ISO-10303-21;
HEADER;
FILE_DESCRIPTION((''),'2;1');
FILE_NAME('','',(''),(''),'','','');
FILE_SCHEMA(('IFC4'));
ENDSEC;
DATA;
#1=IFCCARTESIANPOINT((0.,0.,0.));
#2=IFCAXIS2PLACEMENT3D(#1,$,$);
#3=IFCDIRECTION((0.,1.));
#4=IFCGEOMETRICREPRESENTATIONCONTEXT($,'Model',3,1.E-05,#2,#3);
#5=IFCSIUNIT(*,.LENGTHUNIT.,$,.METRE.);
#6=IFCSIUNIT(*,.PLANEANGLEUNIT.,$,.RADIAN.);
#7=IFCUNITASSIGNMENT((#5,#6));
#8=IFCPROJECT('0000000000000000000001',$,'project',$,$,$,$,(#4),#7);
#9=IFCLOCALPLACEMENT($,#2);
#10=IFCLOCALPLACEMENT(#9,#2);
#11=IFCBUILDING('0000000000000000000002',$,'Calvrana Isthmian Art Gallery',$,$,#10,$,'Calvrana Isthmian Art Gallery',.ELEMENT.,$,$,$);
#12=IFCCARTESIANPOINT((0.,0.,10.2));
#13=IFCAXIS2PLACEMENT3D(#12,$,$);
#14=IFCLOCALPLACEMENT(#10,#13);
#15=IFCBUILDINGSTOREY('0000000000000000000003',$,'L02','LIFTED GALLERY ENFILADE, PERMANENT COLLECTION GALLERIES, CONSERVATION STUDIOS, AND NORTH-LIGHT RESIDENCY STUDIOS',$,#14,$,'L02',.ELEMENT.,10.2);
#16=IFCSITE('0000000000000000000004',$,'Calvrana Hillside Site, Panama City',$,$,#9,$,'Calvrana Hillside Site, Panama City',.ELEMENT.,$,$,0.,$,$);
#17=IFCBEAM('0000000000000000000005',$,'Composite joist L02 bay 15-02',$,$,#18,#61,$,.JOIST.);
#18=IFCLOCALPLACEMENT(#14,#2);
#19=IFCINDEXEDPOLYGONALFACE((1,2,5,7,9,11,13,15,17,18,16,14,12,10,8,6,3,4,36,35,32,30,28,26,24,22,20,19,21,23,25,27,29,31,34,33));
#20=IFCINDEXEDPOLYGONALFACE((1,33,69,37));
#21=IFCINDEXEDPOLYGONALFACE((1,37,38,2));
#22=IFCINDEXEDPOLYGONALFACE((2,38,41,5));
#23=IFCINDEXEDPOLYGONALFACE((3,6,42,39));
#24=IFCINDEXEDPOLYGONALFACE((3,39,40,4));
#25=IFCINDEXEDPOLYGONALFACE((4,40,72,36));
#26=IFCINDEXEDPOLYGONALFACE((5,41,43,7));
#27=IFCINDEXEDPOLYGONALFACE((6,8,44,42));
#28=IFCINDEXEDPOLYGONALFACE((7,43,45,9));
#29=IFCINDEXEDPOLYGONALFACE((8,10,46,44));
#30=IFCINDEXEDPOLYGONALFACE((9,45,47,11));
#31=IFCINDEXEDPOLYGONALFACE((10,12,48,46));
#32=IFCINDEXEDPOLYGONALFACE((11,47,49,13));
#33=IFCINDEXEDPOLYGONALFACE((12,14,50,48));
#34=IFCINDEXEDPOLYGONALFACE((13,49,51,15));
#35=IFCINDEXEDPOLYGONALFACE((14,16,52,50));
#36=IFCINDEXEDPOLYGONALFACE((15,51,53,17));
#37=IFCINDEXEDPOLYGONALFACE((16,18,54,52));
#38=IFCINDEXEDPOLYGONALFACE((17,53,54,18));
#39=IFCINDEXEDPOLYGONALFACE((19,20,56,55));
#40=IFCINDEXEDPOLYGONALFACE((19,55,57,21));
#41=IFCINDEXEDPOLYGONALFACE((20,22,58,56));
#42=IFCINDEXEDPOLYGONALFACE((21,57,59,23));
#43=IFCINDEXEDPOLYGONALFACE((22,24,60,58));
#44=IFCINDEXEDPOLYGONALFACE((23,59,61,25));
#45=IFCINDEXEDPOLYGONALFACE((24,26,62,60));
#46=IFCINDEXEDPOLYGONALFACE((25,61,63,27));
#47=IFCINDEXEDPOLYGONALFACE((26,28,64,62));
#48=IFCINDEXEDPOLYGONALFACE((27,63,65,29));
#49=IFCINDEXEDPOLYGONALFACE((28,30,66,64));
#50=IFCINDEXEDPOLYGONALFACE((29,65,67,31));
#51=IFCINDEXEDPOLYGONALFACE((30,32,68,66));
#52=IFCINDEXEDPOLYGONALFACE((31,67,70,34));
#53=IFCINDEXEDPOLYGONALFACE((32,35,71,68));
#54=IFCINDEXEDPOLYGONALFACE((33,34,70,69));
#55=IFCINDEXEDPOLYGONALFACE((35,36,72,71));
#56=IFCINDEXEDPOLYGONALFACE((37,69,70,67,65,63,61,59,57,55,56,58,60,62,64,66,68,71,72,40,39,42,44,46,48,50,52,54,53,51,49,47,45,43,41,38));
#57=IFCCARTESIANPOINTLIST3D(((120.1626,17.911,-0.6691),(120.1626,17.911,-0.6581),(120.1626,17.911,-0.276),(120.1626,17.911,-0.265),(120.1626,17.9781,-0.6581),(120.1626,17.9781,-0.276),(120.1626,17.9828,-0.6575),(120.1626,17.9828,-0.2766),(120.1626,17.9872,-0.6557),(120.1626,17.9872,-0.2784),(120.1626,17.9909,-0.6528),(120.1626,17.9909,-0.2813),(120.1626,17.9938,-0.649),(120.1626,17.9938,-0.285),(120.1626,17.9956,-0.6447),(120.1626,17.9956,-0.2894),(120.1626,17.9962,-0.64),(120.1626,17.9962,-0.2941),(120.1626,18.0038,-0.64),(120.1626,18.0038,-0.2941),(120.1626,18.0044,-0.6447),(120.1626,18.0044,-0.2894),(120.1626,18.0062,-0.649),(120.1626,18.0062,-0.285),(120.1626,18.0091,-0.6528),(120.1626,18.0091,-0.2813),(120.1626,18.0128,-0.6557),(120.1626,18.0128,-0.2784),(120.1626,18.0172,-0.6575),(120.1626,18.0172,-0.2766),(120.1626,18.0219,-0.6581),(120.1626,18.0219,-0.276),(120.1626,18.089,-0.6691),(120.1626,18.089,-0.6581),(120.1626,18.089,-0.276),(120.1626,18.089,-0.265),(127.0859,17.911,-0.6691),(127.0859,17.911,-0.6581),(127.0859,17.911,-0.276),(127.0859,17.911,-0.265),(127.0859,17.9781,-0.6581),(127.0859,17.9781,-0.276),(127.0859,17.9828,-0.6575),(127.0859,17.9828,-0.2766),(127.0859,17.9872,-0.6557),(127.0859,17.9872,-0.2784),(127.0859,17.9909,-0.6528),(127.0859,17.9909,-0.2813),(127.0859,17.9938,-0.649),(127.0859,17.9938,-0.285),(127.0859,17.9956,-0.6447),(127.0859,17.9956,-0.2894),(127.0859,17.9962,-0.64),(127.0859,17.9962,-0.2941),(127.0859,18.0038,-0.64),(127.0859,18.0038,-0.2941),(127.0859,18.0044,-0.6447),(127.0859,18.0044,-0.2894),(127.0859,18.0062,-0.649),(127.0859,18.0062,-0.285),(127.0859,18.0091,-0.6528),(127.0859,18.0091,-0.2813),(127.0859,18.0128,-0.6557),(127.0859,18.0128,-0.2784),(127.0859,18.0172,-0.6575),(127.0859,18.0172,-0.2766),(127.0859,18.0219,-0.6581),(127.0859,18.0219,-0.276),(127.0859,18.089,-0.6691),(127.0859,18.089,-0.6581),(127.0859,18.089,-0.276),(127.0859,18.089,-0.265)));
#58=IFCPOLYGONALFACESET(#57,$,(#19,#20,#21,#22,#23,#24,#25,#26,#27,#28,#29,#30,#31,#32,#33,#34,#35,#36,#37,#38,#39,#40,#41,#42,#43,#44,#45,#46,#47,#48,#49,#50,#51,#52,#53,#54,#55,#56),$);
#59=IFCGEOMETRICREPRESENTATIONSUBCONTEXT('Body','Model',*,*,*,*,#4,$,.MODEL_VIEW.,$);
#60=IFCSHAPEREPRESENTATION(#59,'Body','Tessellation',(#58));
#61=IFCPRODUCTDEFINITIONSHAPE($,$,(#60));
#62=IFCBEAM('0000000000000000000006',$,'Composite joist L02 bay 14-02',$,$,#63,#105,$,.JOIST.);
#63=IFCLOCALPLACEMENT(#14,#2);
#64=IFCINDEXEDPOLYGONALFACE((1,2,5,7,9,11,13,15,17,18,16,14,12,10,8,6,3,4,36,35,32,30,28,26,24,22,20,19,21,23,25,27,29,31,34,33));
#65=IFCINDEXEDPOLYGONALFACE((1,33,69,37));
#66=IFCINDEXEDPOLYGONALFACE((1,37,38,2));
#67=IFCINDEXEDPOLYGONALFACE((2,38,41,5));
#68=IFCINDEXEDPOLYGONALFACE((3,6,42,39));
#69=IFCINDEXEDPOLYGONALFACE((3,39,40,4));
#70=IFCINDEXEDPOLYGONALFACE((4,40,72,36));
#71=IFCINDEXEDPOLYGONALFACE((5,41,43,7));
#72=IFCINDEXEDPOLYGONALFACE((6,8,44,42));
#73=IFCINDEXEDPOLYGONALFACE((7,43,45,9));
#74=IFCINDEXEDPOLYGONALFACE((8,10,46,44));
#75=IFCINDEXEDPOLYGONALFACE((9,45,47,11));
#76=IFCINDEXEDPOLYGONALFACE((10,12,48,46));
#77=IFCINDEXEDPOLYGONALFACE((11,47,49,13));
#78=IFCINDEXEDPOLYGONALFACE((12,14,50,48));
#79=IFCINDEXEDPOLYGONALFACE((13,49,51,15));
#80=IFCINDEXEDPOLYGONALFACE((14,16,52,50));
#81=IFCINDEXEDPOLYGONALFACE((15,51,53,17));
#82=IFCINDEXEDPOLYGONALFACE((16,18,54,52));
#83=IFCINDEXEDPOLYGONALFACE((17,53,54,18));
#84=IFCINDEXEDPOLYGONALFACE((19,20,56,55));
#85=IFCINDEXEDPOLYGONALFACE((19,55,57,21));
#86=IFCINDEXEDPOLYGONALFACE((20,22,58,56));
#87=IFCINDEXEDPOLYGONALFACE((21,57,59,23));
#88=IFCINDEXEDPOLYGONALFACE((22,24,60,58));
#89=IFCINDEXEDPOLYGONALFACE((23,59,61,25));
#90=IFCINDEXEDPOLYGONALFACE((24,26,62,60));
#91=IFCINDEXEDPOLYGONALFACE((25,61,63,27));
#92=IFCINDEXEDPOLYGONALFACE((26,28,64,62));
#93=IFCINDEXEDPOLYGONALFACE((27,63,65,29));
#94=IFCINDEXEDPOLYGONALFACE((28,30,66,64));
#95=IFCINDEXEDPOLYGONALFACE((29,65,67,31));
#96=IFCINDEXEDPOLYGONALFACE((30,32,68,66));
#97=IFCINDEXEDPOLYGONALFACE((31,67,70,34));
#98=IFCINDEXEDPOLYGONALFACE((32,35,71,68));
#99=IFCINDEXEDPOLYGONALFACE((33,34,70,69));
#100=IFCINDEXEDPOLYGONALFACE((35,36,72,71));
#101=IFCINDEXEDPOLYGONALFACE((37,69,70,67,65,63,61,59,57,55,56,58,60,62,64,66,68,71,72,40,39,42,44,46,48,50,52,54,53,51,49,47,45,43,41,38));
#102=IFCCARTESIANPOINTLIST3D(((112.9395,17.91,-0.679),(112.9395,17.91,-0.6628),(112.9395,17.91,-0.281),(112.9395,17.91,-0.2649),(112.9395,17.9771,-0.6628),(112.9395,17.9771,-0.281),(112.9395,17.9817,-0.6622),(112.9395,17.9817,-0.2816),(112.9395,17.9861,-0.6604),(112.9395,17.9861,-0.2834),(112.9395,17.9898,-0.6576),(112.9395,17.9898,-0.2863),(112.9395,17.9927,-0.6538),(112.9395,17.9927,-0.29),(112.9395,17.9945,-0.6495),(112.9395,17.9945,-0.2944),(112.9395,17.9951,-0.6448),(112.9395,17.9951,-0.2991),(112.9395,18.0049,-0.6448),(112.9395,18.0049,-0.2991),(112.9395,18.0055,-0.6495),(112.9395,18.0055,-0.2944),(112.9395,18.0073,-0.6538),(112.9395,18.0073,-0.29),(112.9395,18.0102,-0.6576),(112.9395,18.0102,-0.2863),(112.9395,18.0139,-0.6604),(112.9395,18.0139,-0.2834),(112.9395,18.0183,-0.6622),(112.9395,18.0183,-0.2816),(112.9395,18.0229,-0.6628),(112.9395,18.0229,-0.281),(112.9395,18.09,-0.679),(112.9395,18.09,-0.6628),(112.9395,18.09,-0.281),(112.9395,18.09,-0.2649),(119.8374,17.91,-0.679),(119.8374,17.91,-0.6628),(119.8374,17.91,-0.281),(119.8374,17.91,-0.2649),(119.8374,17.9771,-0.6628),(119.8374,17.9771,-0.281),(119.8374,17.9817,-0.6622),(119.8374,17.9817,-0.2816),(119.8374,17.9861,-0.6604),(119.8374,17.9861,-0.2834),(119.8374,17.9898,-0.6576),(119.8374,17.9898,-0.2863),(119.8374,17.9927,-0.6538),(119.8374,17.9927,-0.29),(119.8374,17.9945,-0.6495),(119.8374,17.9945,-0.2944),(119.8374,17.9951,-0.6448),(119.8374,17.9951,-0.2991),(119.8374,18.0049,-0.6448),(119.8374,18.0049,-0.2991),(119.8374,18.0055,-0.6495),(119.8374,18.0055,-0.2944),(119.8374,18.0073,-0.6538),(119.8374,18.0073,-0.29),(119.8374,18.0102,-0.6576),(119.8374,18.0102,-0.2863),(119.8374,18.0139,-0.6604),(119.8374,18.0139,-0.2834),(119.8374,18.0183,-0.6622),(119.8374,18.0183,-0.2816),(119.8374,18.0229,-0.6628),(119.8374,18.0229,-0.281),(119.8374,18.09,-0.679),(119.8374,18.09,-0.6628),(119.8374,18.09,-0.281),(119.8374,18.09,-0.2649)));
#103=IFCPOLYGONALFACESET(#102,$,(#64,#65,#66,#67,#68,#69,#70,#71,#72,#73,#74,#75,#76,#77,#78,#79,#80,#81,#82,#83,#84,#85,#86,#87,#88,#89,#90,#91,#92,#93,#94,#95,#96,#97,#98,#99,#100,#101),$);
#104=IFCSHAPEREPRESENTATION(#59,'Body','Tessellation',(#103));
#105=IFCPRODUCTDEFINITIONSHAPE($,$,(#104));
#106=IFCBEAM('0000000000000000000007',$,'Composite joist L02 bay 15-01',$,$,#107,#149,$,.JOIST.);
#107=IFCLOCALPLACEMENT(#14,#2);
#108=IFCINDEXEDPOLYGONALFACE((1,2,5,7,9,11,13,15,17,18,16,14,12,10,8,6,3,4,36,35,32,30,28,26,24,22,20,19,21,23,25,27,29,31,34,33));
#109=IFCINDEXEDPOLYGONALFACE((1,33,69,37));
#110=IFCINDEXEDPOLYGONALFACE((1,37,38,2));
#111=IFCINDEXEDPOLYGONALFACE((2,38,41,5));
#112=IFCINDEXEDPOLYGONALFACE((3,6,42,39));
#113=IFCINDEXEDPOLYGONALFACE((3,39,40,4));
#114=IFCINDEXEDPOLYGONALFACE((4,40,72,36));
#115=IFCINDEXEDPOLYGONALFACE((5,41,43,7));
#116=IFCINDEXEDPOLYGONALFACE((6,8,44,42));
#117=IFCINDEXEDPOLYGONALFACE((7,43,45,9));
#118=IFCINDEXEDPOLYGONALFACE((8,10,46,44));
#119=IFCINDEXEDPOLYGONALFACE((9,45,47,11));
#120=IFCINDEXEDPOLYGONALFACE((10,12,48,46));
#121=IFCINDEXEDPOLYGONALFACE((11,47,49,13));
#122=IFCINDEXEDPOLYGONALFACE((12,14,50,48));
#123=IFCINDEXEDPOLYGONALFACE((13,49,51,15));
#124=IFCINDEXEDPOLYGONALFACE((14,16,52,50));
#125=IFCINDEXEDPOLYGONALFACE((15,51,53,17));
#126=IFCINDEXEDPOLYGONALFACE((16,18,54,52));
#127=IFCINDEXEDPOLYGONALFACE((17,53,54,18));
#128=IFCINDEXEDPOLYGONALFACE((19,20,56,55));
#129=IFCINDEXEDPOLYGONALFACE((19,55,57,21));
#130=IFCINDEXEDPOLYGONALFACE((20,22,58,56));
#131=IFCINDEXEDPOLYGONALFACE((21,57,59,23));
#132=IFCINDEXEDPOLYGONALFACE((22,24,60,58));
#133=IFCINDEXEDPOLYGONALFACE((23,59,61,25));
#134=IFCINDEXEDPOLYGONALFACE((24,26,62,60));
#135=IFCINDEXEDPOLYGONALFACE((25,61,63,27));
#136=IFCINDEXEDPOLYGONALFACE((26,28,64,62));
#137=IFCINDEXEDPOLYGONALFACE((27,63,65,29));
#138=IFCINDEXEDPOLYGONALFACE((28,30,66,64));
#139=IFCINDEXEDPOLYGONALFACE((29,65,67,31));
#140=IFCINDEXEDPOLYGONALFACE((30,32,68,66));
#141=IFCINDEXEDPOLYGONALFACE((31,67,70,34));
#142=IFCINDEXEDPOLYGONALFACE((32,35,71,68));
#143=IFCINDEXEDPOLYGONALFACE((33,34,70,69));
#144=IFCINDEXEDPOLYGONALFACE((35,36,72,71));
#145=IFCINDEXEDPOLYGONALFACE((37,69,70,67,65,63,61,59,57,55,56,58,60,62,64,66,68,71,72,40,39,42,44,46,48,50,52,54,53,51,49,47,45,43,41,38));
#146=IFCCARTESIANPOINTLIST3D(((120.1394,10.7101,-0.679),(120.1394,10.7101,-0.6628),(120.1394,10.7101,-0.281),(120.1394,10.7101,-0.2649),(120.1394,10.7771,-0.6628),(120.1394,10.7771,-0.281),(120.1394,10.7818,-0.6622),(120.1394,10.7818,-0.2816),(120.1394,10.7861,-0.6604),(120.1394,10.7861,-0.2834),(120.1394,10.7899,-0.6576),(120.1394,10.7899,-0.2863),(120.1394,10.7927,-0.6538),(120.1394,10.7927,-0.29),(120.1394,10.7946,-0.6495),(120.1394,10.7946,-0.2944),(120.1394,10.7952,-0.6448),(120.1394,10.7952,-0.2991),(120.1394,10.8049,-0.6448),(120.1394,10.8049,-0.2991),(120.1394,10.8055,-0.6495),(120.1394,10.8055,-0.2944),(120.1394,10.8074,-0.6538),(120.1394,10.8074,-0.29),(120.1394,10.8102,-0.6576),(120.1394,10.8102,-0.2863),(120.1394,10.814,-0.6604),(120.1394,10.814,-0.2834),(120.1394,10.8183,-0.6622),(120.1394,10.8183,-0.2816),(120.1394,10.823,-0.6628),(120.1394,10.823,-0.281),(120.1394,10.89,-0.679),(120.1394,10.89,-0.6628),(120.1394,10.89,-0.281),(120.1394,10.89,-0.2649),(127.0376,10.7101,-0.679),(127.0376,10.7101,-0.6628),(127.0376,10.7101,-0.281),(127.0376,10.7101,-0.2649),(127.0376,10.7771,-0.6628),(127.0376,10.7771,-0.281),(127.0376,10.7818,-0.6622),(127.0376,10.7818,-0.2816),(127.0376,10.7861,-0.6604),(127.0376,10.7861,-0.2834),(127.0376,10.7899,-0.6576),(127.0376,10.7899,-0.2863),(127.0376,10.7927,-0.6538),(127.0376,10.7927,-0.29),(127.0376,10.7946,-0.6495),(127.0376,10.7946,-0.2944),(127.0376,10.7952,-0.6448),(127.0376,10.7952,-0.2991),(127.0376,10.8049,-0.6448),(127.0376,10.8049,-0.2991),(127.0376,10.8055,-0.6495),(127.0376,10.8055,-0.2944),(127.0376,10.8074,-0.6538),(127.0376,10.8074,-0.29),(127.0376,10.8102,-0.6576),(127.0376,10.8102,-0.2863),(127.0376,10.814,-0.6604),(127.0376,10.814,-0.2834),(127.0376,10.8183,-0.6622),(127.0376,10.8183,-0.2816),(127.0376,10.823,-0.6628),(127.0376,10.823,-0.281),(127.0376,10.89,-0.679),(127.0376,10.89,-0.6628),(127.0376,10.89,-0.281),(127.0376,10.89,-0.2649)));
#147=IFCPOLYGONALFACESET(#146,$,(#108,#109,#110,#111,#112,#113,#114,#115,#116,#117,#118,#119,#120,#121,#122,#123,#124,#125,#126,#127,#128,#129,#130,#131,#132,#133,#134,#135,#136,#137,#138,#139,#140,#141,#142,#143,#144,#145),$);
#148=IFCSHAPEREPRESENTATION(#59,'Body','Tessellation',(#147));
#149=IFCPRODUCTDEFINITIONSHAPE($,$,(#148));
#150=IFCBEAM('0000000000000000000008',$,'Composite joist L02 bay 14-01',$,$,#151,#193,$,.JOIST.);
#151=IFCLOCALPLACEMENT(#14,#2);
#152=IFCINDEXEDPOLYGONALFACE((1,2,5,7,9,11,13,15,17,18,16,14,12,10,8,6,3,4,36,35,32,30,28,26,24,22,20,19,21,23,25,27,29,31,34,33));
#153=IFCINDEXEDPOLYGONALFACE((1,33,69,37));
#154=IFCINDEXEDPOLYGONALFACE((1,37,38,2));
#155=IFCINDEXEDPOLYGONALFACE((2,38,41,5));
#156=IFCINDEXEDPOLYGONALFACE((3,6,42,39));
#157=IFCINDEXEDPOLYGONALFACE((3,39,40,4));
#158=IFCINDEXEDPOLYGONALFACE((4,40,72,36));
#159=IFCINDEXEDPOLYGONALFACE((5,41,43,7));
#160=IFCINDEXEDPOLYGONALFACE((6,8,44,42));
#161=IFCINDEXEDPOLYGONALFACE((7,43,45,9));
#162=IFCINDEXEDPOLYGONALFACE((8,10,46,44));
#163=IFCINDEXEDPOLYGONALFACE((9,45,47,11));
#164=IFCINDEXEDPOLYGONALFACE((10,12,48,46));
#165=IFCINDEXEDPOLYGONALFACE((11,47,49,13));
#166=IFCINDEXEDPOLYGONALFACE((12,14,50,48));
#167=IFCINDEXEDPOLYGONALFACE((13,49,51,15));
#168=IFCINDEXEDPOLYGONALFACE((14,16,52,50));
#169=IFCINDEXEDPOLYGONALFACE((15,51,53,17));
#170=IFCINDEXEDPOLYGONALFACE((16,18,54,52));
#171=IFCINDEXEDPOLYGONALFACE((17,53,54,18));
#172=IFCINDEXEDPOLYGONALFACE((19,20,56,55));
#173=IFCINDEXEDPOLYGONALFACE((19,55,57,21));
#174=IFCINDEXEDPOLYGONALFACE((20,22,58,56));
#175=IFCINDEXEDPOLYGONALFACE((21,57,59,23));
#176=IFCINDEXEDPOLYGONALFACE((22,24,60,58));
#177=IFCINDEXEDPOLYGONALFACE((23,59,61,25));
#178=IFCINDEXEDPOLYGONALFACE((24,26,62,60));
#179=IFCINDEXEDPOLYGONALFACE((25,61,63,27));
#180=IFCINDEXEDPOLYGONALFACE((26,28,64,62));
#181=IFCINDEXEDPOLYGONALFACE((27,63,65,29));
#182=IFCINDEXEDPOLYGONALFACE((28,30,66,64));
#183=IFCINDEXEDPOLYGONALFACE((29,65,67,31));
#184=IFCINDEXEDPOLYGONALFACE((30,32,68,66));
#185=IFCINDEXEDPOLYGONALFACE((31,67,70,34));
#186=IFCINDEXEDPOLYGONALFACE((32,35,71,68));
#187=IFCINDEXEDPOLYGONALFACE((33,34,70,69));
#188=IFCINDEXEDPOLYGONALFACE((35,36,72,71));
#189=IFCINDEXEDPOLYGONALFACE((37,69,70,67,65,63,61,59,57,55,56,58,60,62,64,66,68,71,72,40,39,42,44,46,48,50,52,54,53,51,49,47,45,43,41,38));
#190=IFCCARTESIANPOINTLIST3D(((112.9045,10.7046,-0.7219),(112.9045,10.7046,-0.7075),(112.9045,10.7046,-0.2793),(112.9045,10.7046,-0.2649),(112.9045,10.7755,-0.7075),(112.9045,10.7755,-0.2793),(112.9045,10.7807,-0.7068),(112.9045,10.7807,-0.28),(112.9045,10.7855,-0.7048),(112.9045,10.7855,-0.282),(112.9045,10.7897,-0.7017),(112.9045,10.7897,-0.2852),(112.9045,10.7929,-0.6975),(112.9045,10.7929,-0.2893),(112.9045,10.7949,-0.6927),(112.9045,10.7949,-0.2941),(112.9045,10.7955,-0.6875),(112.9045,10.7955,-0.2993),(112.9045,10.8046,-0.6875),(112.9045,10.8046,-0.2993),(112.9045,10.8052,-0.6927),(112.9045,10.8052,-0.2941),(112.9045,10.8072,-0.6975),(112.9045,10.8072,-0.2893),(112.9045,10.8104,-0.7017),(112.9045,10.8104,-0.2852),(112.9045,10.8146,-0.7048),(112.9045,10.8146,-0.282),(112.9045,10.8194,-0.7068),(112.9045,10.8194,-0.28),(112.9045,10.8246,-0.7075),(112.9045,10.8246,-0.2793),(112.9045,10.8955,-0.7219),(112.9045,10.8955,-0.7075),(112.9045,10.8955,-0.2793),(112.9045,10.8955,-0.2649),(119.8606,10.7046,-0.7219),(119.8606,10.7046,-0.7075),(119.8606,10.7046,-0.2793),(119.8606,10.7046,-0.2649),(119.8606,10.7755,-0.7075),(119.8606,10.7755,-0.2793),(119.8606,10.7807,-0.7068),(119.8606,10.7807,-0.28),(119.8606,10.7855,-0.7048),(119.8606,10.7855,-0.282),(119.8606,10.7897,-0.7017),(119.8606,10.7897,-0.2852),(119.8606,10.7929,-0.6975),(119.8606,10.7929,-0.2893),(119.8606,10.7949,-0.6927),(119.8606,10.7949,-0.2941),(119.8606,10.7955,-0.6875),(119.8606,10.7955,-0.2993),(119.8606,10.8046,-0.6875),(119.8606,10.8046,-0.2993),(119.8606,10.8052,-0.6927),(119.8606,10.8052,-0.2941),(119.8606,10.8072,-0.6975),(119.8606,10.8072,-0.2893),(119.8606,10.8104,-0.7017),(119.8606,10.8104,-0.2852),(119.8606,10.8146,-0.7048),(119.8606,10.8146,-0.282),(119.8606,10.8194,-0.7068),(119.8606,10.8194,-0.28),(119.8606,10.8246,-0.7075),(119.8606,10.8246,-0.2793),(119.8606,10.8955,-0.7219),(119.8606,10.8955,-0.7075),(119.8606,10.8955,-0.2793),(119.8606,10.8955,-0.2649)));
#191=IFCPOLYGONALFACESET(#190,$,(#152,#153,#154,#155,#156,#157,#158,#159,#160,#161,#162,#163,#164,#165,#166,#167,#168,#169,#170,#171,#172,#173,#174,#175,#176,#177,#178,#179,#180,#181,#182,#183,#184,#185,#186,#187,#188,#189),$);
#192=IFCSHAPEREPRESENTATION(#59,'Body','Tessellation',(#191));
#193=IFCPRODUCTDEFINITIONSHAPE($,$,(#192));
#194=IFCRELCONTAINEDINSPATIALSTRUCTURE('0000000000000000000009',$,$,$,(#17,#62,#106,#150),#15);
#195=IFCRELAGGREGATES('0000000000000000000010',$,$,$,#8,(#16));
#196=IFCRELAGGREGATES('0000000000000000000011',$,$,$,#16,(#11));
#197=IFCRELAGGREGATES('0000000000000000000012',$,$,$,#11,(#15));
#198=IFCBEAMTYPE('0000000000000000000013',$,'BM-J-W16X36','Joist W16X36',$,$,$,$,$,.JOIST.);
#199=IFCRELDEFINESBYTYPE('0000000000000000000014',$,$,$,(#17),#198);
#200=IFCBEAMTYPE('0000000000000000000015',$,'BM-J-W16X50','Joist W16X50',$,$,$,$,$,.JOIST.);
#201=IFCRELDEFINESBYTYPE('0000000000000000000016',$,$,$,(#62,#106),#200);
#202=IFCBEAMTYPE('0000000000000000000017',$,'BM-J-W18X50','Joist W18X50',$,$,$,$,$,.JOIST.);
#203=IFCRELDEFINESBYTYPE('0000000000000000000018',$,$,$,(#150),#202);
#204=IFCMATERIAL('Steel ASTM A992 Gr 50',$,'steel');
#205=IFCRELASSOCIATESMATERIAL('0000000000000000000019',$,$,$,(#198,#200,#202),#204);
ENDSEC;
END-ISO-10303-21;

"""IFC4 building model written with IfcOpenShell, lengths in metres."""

from ifc_helpers import new_model, si_unit, direction, frame, origin, origin_2d, place, context, subcontext, project, spatial, i_section, extrude, material, material_profile, profile_set, type_object, element, save


model = new_model("IFC4")

# Units and contexts
model_context = context("Model", 3, precision=1e-05, world=origin(), true_north=direction((0.0, 1.0)))
body_context = subcontext(model_context, "Body", "Model", "MODEL_VIEW")
ifc_project = project(units=[si_unit("LENGTHUNIT", "METRE"), si_unit("PLANEANGLEUNIT", "RADIAN")], contexts=[model_context])

# Site, building, storey
site_placement = place(None, origin())
site = spatial("IfcSite", under=ifc_project, at=site_placement, Name="Calvrana Hillside Site, Panama City", LongName="Calvrana Hillside Site, Panama City", CompositionType="ELEMENT", RefElevation=0.0)
building_placement = place(site_placement, origin())
building = spatial("IfcBuilding", under=site, at=building_placement, Name="Calvrana Isthmian Art Gallery", LongName="Calvrana Isthmian Art Gallery", CompositionType="ELEMENT")
storey_placement = place(building_placement, frame((0.0, 0.0, 10.2)))
storey = spatial("IfcBuildingStorey", under=building, at=storey_placement, Name="L02", Description="LIFTED GALLERY ENFILADE, PERMANENT COLLECTION GALLERIES, CONSERVATION STUDIOS, AND NORTH-LIGHT RESIDENCY STUDIOS", LongName="L02", CompositionType="ELEMENT", Elevation=10.2)

# Shared definitions
ifc_material_1 = material(Name="Steel ASTM A992 Gr 50", Category="steel")

# Beams
ifc_material_profile_1 = material_profile(ifc_material_1, i_section(OverallWidth=0.178, OverallDepth=0.4041, WebThickness=0.0076, FlangeThickness=0.011, FilletRadius=0.0181, at=origin_2d()), Name="W16X36")
ifc_profile_set_1 = profile_set([ifc_material_profile_1], Name="Steel ASTM A992 Gr 50")
beam_type_1 = type_object("IfcBeamType", Name="BM-J-W16X36", Description="Joist W16X36", PredefinedType="JOIST", material=ifc_profile_set_1)
beam_1_placement = place(storey_placement, frame((120.1626, 18.0, -0.467), z_axis=(1.0, 0.0, 0.0), x_axis=(0.0, 1.0, 0.0)))
element("IfcBeam", 1, at=beam_1_placement, inside=storey, type_object=beam_type_1, Name="Composite joist L02 bay 15-02", PredefinedType="JOIST", context=body_context, shape_type="SweptSolid", body=[
    extrude(i_section(OverallWidth=0.178, OverallDepth=0.4041, WebThickness=0.0076, FlangeThickness=0.011, FilletRadius=0.0181, at=origin_2d()), origin(), (0.0, 0.0, 1.0), 6.9233),
])
ifc_material_profile_2 = material_profile(ifc_material_1, i_section(OverallWidth=0.1799, OverallDepth=0.4141, WebThickness=0.0098, FlangeThickness=0.0161, FilletRadius=0.0181, at=origin_2d()), Name="W16X50")
ifc_profile_set_2 = profile_set([ifc_material_profile_2], Name="Steel ASTM A992 Gr 50")
beam_type_2 = type_object("IfcBeamType", Name="BM-J-W16X50", Description="Joist W16X50", PredefinedType="JOIST", material=ifc_profile_set_2)
beam_2_placement = place(storey_placement, frame((112.9395, 18.0, -0.4719), z_axis=(1.0, 0.0, 0.0), x_axis=(0.0, 1.0, 0.0)))
element("IfcBeam", 2, at=beam_2_placement, inside=storey, type_object=beam_type_2, Name="Composite joist L02 bay 14-02", PredefinedType="JOIST", context=body_context, shape_type="SweptSolid", body=[
    extrude(i_section(OverallWidth=0.1799, OverallDepth=0.4141, WebThickness=0.0098, FlangeThickness=0.0161, FilletRadius=0.0181, at=origin_2d()), origin(), (0.0, 0.0, 1.0), 6.8979),
])
beam_3_placement = place(storey_placement, frame((120.1394, 10.8, -0.4719), z_axis=(1.0, 0.0, 0.0), x_axis=(0.0, 1.0, 0.0)))
element("IfcBeam", 3, at=beam_3_placement, inside=storey, type_object=beam_type_2, Name="Composite joist L02 bay 15-01", PredefinedType="JOIST", context=body_context, shape_type="SweptSolid", body=[
    extrude(i_section(OverallWidth=0.1799, OverallDepth=0.4141, WebThickness=0.0098, FlangeThickness=0.0161, FilletRadius=0.0181, at=origin_2d()), origin(), (0.0, 0.0, 1.0), 6.8982),
])
ifc_material_profile_3 = material_profile(ifc_material_1, i_section(OverallWidth=0.1909, OverallDepth=0.457, WebThickness=0.009, FlangeThickness=0.0144, FilletRadius=0.02, at=origin_2d()), Name="W18X50")
ifc_profile_set_3 = profile_set([ifc_material_profile_3], Name="Steel ASTM A992 Gr 50")
beam_type_3 = type_object("IfcBeamType", Name="BM-J-W18X50", Description="Joist W18X50", PredefinedType="JOIST", material=ifc_profile_set_3)
beam_4_placement = place(storey_placement, frame((112.9045, 10.8, -0.4934), z_axis=(1.0, 0.0, 0.0), x_axis=(0.0, 1.0, 0.0)))
element("IfcBeam", 4, at=beam_4_placement, inside=storey, type_object=beam_type_3, Name="Composite joist L02 bay 14-01", PredefinedType="JOIST", context=body_context, shape_type="SweptSolid", body=[
    extrude(i_section(OverallWidth=0.1909, OverallDepth=0.457, WebThickness=0.009, FlangeThickness=0.0144, FilletRadius=0.02, at=origin_2d()), origin(), (0.0, 0.0, 1.0), 6.9561),
])

save(model, "model.ifc")
